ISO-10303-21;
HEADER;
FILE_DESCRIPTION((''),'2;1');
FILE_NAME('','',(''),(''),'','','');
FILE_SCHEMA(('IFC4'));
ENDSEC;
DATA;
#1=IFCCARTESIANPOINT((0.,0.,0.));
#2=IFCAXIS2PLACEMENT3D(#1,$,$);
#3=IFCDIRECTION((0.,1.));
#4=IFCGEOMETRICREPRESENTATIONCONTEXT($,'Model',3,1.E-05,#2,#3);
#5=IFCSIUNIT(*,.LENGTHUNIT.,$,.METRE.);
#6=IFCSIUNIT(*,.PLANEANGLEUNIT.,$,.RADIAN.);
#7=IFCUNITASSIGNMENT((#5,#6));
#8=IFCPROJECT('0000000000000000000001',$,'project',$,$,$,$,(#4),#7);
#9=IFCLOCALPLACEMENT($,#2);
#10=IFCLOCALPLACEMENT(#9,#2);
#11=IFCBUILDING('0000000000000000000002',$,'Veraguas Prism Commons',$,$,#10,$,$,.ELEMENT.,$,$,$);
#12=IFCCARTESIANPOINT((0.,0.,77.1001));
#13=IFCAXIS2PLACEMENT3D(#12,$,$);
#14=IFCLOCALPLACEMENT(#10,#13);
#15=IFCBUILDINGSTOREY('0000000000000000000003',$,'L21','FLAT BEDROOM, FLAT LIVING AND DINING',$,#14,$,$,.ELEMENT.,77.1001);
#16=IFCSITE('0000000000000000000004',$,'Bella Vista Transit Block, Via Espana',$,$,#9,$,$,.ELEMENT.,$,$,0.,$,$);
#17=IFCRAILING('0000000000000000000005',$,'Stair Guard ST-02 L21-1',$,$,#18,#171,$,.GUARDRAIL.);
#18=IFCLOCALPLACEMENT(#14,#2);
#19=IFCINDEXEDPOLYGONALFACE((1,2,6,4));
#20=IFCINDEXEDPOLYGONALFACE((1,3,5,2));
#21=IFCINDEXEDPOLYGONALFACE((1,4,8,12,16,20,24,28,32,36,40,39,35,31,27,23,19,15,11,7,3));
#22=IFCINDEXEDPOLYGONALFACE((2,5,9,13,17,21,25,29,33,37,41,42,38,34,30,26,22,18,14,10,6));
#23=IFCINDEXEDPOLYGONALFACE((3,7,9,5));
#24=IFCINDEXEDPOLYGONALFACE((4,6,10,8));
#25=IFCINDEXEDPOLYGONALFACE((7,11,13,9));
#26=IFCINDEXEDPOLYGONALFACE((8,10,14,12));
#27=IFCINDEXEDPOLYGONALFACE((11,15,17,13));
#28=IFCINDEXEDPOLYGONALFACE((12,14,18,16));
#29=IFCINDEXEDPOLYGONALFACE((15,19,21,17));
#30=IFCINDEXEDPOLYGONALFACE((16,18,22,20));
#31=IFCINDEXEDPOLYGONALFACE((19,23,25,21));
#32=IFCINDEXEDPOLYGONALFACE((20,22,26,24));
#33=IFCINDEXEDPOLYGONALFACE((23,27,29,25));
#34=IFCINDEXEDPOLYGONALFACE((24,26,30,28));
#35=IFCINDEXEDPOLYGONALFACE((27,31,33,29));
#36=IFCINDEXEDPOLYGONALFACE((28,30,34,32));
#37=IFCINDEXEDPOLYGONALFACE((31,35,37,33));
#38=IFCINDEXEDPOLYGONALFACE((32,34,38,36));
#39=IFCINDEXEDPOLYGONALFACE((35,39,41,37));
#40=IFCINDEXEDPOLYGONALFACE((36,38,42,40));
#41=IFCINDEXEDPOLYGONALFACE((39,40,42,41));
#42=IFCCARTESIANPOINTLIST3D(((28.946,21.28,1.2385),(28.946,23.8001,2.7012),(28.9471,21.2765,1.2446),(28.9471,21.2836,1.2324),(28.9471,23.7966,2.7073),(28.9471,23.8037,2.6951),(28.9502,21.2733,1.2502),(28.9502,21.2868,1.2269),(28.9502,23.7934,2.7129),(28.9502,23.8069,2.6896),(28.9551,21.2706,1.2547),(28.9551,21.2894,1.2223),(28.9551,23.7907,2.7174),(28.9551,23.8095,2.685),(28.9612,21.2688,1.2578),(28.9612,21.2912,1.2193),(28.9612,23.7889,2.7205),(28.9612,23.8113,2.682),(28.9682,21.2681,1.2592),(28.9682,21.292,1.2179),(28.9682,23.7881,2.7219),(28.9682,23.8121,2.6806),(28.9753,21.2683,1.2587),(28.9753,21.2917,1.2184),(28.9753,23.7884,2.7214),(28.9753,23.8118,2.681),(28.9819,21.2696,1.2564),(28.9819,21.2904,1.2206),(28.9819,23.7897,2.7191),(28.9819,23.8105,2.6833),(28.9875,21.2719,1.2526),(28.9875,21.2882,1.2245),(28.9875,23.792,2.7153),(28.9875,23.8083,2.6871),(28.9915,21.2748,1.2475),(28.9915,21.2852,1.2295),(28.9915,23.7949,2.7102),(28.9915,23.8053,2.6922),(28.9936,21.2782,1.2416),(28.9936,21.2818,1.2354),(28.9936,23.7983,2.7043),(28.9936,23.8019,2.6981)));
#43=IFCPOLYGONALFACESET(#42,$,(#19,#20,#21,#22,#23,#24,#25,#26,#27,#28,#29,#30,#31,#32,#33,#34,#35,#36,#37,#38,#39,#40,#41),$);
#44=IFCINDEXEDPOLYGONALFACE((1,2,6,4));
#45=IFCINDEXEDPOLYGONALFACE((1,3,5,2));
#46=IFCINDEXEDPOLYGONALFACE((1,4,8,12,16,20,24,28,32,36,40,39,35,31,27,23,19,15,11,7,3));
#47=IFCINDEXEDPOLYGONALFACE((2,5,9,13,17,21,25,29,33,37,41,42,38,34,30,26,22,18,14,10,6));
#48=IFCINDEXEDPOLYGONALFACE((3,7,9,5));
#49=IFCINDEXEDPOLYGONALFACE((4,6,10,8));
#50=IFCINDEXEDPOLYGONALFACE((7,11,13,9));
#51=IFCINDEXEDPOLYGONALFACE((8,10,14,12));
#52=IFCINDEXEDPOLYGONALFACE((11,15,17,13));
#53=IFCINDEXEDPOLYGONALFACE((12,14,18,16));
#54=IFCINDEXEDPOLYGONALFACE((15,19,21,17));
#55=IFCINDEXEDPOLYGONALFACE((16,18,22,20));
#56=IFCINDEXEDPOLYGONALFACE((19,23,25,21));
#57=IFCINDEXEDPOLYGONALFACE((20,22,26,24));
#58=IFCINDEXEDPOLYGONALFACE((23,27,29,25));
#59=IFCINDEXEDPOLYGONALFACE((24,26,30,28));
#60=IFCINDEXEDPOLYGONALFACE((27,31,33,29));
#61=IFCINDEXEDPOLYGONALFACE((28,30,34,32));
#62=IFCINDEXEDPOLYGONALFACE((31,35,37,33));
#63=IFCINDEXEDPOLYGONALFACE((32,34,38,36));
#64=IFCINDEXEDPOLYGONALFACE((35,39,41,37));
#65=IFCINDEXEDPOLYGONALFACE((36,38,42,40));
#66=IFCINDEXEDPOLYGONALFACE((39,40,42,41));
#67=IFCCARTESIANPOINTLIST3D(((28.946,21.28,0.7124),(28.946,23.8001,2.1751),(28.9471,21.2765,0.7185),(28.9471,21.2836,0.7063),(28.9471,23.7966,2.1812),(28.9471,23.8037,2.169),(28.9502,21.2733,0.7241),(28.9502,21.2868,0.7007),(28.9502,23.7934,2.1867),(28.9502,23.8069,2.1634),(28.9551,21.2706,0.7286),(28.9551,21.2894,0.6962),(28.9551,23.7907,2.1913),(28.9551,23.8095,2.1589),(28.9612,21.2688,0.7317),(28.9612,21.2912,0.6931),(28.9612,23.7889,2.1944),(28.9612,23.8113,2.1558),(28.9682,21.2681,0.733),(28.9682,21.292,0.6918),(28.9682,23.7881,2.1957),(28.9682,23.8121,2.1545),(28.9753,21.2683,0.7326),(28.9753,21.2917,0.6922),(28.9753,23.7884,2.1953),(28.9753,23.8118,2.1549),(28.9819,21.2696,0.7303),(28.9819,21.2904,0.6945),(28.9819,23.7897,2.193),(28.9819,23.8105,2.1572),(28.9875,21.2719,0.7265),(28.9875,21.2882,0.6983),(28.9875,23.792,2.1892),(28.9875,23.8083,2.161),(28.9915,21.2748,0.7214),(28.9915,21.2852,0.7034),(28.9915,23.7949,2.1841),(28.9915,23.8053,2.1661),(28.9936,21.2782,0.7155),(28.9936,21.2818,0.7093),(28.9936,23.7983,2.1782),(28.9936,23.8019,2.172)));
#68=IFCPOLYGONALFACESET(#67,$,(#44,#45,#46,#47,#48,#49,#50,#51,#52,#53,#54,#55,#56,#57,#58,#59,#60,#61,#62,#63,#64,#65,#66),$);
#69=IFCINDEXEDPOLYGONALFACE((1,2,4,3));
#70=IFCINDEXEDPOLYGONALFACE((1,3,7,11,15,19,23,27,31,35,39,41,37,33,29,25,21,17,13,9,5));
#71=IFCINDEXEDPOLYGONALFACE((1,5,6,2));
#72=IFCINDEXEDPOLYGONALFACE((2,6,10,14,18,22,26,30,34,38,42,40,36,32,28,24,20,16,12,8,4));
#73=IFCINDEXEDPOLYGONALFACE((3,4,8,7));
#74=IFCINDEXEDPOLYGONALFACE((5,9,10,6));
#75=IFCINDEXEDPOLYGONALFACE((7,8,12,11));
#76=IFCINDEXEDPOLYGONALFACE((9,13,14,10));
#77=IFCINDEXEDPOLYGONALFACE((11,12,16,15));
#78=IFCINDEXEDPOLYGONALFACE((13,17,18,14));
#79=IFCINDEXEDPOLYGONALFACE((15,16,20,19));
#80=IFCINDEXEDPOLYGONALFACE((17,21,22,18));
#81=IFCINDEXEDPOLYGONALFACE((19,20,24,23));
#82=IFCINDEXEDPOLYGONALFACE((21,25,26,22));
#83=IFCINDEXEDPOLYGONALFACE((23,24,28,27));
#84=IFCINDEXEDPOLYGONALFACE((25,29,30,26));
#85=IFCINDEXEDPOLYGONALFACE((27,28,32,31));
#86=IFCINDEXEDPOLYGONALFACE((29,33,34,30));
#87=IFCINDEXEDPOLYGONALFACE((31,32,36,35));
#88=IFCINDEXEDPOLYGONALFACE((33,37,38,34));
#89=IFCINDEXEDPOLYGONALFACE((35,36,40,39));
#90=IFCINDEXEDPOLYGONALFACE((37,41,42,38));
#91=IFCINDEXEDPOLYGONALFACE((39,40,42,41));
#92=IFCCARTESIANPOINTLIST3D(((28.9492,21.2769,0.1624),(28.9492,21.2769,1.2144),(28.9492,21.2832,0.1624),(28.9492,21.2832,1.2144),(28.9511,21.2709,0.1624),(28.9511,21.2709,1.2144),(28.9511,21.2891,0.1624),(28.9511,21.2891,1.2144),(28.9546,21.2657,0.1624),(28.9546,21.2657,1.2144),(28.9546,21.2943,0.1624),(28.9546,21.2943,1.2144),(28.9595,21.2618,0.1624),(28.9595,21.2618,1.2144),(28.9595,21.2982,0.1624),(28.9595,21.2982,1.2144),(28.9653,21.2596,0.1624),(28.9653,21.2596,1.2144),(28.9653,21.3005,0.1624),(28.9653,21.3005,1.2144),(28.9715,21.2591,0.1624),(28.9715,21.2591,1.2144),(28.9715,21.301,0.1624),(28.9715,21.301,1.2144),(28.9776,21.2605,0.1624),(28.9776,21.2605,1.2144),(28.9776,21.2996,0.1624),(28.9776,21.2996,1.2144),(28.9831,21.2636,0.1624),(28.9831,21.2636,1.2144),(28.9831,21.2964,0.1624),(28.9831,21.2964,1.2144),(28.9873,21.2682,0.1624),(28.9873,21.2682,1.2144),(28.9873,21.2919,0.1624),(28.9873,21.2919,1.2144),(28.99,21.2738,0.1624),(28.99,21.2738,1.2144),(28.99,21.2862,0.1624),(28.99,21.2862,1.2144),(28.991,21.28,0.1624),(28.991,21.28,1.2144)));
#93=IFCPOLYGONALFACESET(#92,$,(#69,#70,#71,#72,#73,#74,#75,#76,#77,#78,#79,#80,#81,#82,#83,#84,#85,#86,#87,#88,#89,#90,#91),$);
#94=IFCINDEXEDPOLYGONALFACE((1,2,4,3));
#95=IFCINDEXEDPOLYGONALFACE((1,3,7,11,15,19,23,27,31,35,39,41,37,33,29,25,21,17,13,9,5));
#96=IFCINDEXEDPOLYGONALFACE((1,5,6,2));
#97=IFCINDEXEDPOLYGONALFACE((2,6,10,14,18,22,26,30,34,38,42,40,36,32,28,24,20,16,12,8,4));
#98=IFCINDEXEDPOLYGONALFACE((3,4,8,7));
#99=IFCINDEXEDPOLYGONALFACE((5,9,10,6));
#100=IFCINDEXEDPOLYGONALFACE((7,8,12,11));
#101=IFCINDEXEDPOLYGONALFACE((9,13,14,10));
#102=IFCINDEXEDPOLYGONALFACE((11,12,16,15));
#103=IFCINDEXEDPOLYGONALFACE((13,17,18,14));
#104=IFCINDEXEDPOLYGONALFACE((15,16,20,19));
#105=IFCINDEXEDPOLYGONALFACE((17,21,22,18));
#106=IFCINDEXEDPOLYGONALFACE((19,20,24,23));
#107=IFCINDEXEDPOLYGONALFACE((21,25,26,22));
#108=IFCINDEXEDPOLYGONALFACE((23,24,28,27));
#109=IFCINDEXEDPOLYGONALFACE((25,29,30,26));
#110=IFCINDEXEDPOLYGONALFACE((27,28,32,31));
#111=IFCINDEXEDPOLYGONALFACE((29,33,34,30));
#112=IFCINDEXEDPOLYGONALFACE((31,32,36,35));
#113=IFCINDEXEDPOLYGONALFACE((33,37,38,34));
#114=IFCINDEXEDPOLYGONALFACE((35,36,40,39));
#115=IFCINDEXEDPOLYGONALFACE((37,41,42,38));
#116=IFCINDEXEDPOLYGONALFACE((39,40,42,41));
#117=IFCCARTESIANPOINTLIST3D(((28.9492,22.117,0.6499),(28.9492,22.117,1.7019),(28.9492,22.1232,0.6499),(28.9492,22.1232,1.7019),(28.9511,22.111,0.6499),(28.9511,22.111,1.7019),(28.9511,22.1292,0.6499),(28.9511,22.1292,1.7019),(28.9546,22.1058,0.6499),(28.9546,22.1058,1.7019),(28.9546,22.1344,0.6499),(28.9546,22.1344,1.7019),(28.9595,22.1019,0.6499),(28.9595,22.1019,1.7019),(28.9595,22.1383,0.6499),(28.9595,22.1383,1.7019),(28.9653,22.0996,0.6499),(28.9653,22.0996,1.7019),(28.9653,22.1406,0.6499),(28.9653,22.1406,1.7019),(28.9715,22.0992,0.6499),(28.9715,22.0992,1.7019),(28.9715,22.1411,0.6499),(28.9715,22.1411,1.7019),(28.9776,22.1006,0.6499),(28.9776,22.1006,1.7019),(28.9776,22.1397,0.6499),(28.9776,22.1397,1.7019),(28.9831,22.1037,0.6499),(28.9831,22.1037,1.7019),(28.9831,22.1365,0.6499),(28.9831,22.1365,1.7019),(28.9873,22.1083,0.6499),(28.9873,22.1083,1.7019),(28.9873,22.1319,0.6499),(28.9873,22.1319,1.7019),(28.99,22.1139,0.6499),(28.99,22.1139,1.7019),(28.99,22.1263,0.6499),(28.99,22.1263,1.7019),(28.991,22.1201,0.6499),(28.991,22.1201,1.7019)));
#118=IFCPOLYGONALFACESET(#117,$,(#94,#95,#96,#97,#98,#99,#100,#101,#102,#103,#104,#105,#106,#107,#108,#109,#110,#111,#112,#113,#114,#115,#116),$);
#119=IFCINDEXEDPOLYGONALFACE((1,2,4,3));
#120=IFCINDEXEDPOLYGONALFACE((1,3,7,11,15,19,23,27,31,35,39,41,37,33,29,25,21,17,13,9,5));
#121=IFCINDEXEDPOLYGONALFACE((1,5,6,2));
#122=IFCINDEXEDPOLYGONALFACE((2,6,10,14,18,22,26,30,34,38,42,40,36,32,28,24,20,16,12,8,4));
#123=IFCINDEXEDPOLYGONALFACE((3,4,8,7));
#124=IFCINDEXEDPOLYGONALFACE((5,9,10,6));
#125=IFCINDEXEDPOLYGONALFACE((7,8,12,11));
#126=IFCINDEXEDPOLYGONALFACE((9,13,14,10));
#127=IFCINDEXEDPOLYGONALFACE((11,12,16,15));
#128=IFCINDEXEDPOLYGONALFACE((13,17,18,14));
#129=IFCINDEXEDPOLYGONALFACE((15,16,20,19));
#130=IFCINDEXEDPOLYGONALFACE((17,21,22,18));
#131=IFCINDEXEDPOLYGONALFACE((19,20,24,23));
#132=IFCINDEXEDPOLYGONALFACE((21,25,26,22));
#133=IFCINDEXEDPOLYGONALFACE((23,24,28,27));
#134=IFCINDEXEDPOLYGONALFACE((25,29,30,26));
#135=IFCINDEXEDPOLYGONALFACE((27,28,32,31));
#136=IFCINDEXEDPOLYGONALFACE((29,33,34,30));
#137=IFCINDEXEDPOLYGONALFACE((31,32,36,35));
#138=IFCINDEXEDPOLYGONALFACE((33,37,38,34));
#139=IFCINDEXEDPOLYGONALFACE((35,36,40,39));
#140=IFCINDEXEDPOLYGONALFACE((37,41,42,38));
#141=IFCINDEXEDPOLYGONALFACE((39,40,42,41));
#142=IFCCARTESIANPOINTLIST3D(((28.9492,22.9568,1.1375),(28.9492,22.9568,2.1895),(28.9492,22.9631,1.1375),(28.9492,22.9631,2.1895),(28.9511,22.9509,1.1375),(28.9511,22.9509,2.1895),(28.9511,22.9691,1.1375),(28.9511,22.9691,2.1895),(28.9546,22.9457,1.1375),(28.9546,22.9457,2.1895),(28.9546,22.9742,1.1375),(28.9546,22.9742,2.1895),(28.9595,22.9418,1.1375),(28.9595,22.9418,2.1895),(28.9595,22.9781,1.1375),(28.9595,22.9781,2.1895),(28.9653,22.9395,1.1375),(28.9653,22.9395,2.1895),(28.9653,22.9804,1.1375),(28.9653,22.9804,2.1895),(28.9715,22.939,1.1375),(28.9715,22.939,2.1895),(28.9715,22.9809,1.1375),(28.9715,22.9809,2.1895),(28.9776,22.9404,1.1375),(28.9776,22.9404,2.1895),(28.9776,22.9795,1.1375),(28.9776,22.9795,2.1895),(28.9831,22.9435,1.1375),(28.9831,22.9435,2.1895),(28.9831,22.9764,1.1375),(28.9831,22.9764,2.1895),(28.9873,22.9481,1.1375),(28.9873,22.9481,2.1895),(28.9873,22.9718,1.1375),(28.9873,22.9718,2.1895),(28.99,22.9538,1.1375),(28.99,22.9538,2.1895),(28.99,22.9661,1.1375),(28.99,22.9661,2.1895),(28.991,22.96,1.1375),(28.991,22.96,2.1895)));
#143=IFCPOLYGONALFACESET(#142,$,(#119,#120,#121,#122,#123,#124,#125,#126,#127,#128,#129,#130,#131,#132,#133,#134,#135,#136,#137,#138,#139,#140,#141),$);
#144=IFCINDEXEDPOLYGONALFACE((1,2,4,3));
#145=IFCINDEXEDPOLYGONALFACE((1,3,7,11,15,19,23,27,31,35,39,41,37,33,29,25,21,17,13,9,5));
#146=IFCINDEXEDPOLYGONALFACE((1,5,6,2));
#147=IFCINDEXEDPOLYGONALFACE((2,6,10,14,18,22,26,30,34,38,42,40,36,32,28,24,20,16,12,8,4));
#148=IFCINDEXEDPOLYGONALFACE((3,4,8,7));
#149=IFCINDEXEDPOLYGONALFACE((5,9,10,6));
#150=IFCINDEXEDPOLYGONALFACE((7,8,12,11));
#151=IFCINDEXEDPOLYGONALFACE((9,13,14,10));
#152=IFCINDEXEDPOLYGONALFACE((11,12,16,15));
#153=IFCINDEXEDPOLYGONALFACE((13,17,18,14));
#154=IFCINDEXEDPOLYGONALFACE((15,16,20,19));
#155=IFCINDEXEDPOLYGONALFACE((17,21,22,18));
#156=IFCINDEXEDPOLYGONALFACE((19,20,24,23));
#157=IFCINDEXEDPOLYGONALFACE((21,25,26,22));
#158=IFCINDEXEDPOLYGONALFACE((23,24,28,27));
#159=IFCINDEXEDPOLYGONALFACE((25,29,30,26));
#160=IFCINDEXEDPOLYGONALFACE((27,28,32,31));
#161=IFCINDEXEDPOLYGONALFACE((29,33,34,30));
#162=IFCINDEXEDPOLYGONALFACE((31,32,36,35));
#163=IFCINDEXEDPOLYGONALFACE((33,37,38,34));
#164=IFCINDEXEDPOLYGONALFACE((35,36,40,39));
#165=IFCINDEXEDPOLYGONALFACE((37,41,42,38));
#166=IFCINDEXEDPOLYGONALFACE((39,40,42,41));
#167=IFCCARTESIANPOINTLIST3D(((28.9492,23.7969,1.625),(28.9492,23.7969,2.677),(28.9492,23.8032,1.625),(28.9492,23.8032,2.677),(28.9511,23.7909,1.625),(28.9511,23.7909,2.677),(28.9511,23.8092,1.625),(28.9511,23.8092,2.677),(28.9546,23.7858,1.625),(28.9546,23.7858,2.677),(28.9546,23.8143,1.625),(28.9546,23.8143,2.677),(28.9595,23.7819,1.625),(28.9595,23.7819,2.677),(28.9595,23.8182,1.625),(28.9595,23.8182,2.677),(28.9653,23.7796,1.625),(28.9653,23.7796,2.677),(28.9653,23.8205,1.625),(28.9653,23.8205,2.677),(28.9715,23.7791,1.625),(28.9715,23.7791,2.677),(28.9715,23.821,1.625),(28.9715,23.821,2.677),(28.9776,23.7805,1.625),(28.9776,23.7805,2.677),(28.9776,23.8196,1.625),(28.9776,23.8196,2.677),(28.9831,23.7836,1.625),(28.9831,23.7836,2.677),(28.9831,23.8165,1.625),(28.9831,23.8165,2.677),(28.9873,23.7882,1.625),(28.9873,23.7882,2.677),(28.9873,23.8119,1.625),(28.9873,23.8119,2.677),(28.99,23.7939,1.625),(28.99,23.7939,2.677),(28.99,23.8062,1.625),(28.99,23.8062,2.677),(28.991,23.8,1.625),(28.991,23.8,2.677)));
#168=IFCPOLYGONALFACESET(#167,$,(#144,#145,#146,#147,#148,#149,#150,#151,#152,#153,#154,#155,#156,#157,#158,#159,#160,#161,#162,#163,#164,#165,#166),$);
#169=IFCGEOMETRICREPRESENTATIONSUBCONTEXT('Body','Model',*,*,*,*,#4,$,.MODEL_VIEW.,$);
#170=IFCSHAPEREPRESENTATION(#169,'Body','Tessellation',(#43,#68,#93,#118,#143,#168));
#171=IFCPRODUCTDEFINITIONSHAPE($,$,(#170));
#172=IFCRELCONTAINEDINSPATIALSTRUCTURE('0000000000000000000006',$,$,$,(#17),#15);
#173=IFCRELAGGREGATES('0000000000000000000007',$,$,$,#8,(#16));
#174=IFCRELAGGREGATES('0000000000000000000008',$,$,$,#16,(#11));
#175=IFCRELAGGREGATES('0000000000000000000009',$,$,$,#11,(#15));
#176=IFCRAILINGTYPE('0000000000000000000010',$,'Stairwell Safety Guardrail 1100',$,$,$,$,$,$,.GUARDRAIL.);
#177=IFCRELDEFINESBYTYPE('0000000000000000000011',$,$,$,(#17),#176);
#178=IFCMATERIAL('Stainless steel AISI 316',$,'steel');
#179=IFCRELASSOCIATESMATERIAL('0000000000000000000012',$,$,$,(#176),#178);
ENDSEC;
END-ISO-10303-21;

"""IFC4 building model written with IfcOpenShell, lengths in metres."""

from ifc_helpers import new_model, si_unit, direction, frame, origin, origin_2d, place, context, subcontext, project, spatial, circle, extrude, material, type_object, element, save


model = new_model("IFC4")

# Units and contexts
model_context = context("Model", 3, precision=1e-05, world=origin(), true_north=direction((0.0, 1.0)))
body_context = subcontext(model_context, "Body", "Model", "MODEL_VIEW")
ifc_project = project(units=[si_unit("LENGTHUNIT", "METRE"), si_unit("PLANEANGLEUNIT", "RADIAN")], contexts=[model_context])

# Site, building, storey
site_placement = place(None, origin())
site = spatial("IfcSite", under=ifc_project, at=site_placement, Name="Bella Vista Transit Block, Via Espana", CompositionType="ELEMENT", RefElevation=0.0)
building_placement = place(site_placement, origin())
building = spatial("IfcBuilding", under=site, at=building_placement, Name="Veraguas Prism Commons", CompositionType="ELEMENT")
storey_placement = place(building_placement, frame((0.0, 0.0, 77.1001)))
storey = spatial("IfcBuildingStorey", under=building, at=storey_placement, Name="L21", Description="FLAT BEDROOM, FLAT LIVING AND DINING", CompositionType="ELEMENT", Elevation=77.1001)

# Shared definitions
ifc_material_1 = material(Name="Stainless steel AISI 316", Category="steel")

# Railing
railing_type_1 = type_object("IfcRailingType", Name="Stairwell Safety Guardrail 1100", PredefinedType="GUARDRAIL", material=ifc_material_1)
railing_1_placement = place(storey_placement, frame((28.97, 21.28, 0.1624)))
element("IfcRailing", 1, at=railing_1_placement, inside=storey, type_object=railing_type_1, Name="Stair Guard ST-02 L21-1", PredefinedType="GUARDRAIL", context=body_context, shape_type="SweptSolid", body=[
    extrude(circle(Radius=0.0239, at=origin_2d()), frame((0.0, 0.0, 1.0762), z_axis=(0.0, 0.864877, 0.501984), x_axis=(-1.0, 0.0, 0.0)), (0.0, 0.0, 1.0), 2.9138),
    extrude(circle(Radius=0.0239, at=origin_2d()), frame((0.0, 0.0, 0.55), z_axis=(0.0, 0.864877, 0.501984), x_axis=(-1.0, 0.0, 0.0)), (0.0, 0.0, 1.0), 2.9138),
    extrude(circle(Radius=0.021, at=origin_2d()), origin(), (0.0, 0.0, 1.0), 1.052),
    extrude(circle(Radius=0.021, at=origin_2d()), frame((0.0, 0.8401, 0.4875)), (0.0, 0.0, 1.0), 1.052),
    extrude(circle(Radius=0.021, at=origin_2d()), frame((0.0, 1.6799, 0.9751)), (0.0, 0.0, 1.0), 1.052),
    extrude(circle(Radius=0.021, at=origin_2d()), frame((0.0, 2.52, 1.4626)), (0.0, 0.0, 1.0), 1.052),
])

save(model, "model.ifc")
